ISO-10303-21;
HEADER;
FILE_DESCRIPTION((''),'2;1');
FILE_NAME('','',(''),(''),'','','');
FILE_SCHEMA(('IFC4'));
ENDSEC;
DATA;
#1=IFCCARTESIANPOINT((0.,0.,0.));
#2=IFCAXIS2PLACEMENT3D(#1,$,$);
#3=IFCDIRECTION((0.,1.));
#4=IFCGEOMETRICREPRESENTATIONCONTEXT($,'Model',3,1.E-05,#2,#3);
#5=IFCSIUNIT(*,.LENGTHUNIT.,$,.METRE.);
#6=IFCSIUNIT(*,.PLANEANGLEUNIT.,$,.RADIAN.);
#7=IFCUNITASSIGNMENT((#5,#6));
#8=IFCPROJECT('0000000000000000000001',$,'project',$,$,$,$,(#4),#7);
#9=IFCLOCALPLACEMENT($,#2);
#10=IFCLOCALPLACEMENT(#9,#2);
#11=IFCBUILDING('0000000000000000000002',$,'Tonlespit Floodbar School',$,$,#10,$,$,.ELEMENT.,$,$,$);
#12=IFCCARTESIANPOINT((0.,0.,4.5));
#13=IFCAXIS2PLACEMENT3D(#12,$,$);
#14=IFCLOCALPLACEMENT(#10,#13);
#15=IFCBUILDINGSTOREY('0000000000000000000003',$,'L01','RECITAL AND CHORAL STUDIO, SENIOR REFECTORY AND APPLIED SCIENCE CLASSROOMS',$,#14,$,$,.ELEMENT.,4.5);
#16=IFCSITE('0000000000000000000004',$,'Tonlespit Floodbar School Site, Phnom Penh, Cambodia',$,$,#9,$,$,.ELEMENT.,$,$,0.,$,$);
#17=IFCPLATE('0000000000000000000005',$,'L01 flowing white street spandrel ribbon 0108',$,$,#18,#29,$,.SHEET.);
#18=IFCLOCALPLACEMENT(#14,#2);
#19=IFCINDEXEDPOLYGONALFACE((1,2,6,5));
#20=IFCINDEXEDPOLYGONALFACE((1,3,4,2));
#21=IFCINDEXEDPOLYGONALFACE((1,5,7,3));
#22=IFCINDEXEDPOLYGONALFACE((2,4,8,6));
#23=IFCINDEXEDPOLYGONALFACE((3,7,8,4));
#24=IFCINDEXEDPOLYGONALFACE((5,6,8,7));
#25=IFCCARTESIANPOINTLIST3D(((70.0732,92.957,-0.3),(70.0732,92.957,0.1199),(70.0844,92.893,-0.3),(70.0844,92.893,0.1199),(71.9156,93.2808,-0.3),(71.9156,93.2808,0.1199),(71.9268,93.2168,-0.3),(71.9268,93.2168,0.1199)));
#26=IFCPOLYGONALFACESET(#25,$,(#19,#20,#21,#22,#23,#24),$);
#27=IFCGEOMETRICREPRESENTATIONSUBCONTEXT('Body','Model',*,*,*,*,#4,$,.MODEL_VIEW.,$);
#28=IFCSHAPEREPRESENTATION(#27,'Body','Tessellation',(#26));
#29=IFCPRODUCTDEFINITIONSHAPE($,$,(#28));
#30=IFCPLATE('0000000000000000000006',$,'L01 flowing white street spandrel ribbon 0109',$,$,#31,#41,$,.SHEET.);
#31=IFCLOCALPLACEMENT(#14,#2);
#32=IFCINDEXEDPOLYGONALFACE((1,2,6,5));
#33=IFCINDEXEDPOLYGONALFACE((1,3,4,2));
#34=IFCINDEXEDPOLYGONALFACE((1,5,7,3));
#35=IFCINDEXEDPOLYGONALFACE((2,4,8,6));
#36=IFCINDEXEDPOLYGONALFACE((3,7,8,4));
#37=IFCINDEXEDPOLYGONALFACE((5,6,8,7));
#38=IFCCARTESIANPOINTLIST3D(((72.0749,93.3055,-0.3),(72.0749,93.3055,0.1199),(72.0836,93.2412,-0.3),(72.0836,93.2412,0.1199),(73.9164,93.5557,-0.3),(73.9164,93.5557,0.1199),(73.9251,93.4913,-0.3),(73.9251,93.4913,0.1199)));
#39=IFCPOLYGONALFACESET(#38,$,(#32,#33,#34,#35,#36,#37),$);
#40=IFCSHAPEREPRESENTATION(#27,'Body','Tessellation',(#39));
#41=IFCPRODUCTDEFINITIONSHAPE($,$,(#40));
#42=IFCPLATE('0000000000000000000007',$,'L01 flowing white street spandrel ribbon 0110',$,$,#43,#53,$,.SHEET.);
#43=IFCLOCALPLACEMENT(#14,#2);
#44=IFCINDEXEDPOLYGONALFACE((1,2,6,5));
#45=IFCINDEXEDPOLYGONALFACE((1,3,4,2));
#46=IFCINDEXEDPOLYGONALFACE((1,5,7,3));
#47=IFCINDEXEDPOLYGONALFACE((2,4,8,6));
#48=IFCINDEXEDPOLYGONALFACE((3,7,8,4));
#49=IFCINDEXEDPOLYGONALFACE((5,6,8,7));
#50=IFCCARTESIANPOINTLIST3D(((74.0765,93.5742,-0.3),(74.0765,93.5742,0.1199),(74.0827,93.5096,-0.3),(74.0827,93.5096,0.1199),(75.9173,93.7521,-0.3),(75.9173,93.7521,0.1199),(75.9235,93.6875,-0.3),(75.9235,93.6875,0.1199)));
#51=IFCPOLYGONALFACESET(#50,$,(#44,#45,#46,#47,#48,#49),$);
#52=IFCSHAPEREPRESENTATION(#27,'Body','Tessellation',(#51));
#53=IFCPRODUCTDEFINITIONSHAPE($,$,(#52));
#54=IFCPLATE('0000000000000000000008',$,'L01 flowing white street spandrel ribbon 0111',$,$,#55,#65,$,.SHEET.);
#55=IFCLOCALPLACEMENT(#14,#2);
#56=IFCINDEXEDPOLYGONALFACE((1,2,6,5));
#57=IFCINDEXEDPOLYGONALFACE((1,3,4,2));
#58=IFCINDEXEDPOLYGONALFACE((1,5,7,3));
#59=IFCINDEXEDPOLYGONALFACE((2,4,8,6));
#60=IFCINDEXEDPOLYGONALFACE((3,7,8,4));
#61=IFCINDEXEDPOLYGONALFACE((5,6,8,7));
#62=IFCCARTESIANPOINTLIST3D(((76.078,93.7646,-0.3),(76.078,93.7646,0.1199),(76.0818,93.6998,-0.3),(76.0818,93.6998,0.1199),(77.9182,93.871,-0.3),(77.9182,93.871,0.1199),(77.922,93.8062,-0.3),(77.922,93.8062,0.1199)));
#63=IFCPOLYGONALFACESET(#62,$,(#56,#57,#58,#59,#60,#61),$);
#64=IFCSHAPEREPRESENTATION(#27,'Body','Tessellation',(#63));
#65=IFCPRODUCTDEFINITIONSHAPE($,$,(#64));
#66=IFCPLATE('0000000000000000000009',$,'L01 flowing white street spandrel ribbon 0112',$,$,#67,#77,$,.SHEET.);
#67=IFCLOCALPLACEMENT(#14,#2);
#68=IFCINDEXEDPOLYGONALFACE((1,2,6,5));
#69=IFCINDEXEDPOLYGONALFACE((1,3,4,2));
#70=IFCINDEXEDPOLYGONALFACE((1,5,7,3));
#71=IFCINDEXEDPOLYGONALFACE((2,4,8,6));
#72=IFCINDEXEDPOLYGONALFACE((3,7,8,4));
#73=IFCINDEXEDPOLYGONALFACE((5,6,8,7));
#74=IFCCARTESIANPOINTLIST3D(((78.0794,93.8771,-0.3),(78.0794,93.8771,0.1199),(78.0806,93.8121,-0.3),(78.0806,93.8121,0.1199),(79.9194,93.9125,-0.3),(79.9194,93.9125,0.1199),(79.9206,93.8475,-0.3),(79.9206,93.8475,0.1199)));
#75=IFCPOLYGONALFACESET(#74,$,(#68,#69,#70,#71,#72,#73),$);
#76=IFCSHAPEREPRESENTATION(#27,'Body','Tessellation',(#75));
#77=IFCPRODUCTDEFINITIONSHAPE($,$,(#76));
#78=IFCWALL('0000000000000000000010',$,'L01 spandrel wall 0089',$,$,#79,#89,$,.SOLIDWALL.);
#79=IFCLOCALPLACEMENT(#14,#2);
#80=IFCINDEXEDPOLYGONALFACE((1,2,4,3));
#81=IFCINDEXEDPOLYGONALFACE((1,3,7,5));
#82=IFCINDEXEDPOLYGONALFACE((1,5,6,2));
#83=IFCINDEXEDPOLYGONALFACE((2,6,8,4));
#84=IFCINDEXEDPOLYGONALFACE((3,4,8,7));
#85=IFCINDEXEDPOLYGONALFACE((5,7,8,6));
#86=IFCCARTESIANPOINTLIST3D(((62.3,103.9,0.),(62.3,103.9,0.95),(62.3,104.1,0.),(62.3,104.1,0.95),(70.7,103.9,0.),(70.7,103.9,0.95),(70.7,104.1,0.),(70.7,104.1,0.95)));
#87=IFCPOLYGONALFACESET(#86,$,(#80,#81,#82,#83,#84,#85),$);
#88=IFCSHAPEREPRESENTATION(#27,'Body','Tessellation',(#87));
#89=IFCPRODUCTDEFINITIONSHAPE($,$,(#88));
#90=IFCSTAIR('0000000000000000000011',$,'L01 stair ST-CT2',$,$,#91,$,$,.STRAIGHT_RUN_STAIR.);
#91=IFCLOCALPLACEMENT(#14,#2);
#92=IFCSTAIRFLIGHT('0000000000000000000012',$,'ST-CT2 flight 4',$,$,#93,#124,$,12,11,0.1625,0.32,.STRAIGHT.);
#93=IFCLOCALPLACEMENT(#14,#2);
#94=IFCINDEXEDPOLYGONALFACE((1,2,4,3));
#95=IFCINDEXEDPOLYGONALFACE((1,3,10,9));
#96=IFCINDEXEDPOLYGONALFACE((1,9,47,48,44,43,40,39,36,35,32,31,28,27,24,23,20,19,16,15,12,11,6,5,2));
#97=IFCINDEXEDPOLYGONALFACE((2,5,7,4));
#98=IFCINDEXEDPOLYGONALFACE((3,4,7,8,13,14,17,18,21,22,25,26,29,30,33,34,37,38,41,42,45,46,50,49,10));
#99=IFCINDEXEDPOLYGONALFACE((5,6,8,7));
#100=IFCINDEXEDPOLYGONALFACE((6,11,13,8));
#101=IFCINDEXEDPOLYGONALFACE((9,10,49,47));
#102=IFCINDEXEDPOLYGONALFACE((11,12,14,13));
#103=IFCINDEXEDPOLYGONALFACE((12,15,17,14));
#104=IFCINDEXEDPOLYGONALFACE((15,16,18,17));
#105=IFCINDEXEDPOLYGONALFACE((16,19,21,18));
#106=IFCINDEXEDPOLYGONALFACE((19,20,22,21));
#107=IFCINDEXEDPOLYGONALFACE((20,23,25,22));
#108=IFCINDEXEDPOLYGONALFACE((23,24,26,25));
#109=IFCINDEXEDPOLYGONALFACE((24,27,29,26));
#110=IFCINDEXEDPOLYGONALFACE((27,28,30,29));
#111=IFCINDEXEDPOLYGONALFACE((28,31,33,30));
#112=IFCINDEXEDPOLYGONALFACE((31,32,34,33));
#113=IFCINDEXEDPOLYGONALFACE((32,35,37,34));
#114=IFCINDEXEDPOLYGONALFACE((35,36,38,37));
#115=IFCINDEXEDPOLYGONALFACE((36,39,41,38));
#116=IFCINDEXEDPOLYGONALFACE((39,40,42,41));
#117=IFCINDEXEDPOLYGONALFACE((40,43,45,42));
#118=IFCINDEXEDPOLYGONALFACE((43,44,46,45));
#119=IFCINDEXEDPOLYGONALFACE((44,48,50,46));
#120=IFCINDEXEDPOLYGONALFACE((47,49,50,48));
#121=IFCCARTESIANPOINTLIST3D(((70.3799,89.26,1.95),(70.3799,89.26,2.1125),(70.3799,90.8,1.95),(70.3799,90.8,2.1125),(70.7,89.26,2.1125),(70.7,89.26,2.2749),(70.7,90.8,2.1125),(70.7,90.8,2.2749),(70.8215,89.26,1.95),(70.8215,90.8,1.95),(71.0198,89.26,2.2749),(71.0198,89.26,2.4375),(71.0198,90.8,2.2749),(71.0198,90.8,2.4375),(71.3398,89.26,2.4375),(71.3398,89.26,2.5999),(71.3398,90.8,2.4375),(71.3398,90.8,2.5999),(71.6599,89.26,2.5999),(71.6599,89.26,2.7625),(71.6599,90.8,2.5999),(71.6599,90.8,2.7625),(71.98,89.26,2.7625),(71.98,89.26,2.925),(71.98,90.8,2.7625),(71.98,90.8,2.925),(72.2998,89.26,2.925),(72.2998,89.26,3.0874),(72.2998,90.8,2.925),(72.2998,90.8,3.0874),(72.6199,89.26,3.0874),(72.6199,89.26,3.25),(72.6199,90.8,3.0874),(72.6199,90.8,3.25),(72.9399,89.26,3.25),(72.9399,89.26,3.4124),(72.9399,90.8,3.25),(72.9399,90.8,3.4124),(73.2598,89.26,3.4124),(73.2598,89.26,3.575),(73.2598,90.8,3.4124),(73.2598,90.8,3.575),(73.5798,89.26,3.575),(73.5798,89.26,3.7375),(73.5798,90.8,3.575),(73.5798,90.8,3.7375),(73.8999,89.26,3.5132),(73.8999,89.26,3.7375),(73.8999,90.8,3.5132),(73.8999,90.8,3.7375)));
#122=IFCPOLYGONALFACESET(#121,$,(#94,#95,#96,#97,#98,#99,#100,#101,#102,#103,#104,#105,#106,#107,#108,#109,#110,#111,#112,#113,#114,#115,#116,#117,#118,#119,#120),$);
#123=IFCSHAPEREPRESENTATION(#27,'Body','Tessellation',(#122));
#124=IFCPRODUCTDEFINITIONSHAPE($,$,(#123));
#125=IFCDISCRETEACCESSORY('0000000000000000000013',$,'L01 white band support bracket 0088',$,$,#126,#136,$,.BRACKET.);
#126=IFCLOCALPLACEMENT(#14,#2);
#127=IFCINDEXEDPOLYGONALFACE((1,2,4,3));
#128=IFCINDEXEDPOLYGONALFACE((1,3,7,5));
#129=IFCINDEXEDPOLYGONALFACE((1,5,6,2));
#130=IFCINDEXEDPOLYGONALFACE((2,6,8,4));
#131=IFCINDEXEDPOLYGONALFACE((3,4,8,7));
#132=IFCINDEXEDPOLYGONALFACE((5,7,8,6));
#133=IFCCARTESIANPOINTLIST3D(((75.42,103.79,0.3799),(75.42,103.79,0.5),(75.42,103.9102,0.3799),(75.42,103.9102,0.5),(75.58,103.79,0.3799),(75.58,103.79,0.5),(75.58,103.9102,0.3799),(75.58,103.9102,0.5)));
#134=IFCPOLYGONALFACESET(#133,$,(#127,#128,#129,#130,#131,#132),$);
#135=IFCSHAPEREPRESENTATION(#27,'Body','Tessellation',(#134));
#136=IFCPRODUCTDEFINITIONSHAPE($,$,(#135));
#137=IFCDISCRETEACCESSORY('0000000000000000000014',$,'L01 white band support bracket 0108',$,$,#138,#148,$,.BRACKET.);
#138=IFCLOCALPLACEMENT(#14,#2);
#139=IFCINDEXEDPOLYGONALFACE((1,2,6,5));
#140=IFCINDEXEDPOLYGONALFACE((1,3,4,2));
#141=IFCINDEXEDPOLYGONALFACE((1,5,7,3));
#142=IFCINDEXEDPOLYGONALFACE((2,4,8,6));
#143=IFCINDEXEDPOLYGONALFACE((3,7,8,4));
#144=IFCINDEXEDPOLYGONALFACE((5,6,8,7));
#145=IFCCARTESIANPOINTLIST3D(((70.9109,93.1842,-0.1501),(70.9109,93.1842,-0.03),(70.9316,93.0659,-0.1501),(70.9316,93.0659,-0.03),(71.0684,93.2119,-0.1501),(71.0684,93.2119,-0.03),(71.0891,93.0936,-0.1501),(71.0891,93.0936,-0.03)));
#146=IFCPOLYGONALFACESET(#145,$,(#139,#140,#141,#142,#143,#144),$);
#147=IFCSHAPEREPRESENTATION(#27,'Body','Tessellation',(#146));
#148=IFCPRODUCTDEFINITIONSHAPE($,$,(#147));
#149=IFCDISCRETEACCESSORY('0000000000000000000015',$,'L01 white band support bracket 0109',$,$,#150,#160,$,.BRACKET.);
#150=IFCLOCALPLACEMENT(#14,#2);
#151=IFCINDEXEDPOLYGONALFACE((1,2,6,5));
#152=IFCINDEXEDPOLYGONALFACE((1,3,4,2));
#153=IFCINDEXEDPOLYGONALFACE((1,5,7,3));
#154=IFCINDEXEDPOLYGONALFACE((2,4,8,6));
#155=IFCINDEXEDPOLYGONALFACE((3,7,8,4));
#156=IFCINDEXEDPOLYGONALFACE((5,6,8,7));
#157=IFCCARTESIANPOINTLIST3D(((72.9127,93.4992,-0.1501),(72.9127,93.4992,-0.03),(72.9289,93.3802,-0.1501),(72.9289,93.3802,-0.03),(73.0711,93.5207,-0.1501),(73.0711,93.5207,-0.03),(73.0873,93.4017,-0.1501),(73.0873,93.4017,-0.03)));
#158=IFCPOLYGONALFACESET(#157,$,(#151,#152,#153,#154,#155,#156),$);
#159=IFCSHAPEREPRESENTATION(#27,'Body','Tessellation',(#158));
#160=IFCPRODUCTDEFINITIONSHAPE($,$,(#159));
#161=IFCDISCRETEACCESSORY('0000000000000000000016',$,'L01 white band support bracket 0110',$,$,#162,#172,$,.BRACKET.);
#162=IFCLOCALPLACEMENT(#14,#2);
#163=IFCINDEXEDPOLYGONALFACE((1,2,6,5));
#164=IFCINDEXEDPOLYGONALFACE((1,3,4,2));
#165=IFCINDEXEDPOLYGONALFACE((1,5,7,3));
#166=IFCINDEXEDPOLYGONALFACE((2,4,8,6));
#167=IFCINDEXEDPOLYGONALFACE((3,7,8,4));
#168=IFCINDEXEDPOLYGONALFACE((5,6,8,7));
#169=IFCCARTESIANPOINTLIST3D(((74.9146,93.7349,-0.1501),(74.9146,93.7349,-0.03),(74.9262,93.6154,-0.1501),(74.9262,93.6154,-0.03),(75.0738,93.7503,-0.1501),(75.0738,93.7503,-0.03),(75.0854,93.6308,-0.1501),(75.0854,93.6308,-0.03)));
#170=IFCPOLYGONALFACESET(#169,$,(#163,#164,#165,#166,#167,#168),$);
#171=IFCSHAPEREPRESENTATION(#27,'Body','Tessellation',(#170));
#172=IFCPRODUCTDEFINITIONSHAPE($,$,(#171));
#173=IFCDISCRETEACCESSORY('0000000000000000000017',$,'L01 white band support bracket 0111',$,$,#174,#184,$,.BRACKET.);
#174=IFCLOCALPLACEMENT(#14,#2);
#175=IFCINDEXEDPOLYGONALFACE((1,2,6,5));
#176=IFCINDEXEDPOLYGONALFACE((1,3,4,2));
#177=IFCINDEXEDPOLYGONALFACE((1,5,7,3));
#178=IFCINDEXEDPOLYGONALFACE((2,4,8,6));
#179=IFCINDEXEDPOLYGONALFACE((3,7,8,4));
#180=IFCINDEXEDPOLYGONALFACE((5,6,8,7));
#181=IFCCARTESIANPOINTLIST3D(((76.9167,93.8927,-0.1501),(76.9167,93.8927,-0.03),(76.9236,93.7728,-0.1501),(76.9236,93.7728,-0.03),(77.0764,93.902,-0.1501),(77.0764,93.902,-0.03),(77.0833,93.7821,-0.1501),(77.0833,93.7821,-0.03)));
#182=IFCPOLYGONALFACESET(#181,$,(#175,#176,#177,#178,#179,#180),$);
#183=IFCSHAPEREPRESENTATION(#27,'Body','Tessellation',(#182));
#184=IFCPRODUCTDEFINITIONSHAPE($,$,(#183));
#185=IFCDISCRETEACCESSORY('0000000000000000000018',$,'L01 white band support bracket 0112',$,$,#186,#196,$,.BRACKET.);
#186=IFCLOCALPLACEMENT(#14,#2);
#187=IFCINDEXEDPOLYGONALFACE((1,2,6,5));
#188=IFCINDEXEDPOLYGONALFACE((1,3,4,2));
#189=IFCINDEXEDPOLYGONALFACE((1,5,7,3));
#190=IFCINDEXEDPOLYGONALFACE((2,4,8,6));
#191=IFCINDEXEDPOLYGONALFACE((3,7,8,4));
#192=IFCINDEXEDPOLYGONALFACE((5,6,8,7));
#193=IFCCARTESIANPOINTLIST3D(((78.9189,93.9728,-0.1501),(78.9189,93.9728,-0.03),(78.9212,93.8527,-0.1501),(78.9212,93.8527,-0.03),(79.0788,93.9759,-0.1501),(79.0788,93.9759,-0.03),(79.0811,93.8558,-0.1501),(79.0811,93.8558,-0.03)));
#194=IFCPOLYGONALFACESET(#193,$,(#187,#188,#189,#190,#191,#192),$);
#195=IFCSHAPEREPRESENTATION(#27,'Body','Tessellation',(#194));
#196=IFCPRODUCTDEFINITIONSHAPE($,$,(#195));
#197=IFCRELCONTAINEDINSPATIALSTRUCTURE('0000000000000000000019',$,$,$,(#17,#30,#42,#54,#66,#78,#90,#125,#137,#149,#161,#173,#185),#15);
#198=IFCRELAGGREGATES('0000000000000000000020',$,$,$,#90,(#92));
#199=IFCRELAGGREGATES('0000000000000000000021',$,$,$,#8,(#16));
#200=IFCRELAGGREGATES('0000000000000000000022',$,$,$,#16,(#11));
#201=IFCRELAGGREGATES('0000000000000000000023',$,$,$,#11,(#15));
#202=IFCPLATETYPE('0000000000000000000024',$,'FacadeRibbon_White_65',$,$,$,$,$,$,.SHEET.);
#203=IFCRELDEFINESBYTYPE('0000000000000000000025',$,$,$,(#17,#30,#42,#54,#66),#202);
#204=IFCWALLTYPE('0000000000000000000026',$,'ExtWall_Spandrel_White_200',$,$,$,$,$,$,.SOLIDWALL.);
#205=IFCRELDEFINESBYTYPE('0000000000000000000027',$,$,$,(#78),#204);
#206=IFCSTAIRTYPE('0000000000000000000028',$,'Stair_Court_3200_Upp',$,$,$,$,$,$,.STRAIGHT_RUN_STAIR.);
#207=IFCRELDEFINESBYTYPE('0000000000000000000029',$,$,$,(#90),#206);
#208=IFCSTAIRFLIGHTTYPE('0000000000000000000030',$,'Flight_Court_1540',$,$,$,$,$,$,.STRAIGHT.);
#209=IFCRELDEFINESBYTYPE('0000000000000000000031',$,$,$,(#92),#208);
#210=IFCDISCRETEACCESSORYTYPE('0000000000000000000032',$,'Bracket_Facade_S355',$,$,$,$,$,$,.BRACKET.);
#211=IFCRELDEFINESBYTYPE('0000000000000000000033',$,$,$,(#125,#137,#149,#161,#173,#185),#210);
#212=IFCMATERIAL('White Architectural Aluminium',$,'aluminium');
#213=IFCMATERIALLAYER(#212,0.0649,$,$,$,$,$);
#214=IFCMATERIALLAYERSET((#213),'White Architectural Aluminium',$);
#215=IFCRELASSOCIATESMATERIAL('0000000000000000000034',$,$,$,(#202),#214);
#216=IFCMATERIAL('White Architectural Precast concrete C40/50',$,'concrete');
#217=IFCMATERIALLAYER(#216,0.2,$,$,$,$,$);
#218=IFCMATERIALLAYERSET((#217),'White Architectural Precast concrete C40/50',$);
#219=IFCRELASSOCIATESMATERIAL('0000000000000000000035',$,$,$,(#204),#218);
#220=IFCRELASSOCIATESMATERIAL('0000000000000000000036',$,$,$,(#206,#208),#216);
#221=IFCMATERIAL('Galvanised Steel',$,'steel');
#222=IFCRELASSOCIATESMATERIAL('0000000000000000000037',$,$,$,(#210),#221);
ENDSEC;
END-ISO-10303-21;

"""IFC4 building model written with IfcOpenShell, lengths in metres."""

from ifc_helpers import new_model, si_unit, direction, frame, frame_2d, origin, origin_2d, place, context, subcontext, project, spatial, polyline, rectangle, outline, extrude, material, layer, layer_set, type_object, element, aggregate, save


model = new_model("IFC4")

# Units and contexts
model_context = context("Model", 3, precision=1e-05, world=origin(), true_north=direction((0.0, 1.0)))
body_context = subcontext(model_context, "Body", "Model", "MODEL_VIEW")
ifc_project = project(units=[si_unit("LENGTHUNIT", "METRE"), si_unit("PLANEANGLEUNIT", "RADIAN")], contexts=[model_context])

# Site, building, storey
site_placement = place(None, origin())
site = spatial("IfcSite", under=ifc_project, at=site_placement, Name="Tonlespit Floodbar School Site, Phnom Penh, Cambodia", CompositionType="ELEMENT", RefElevation=0.0)
building_placement = place(site_placement, origin())
building = spatial("IfcBuilding", under=site, at=building_placement, Name="Tonlespit Floodbar School", CompositionType="ELEMENT")
storey_placement = place(building_placement, frame((0.0, 0.0, 4.5)))
storey = spatial("IfcBuildingStorey", under=building, at=storey_placement, Name="L01", Description="RECITAL AND CHORAL STUDIO, SENIOR REFECTORY AND APPLIED SCIENCE CLASSROOMS", CompositionType="ELEMENT", Elevation=4.5)

# Plates
ifc_material_1 = material(Name="White Architectural Aluminium", Category="aluminium")
ifc_layer_1 = layer(ifc_material_1, 0.0649)
ifc_layer_set_1 = layer_set([ifc_layer_1], Name="White Architectural Aluminium")
plate_type = type_object("IfcPlateType", Name="FacadeRibbon_White_65", PredefinedType="SHEET", material=ifc_layer_set_1)
plate_1_placement = place(storey_placement, frame((71.0, 93.0869, -0.3), z_axis=(0.0, 0.0, 1.0), x_axis=(0.984905, 0.173096, 0.0)))
element("IfcPlate", 1, at=plate_1_placement, inside=storey, type_object=plate_type, Name="L01 flowing white street spandrel ribbon 0108", PredefinedType="SHEET", context=body_context, shape_type="SweptSolid", body=[
    extrude(rectangle(XDim=1.8706, YDim=0.0649, at=origin_2d()), origin(), (0.0, 0.0, 1.0), 0.4199),
])
plate_2_placement = place(storey_placement, frame((73.0, 93.3984, -0.3), z_axis=(0.0, 0.0, 1.0), x_axis=(0.990898, 0.134614, 0.0)))
element("IfcPlate", 2, at=plate_2_placement, inside=storey, type_object=plate_type, Name="L01 flowing white street spandrel ribbon 0109", PredefinedType="SHEET", context=body_context, shape_type="SweptSolid", body=[
    extrude(rectangle(XDim=1.8584, YDim=0.0649, at=origin_2d()), origin(), (0.0, 0.0, 1.0), 0.4199),
])
plate_3_placement = place(storey_placement, frame((75.0, 93.6309, -0.3), z_axis=(0.0, 0.0, 1.0), x_axis=(0.995362, 0.096202, 0.0)))
element("IfcPlate", 3, at=plate_3_placement, inside=storey, type_object=plate_type, Name="L01 flowing white street spandrel ribbon 0110", PredefinedType="SHEET", context=body_context, shape_type="SweptSolid", body=[
    extrude(rectangle(XDim=1.8494, YDim=0.0649, at=origin_2d()), origin(), (0.0, 0.0, 1.0), 0.4199),
])
plate_4_placement = place(storey_placement, frame((77.0, 93.7854, -0.3), z_axis=(0.0, 0.0, 1.0), x_axis=(0.998334, 0.057703, 0.0)))
element("IfcPlate", 4, at=plate_4_placement, inside=storey, type_object=plate_type, Name="L01 flowing white street spandrel ribbon 0111", PredefinedType="SHEET", context=body_context, shape_type="SweptSolid", body=[
    extrude(rectangle(XDim=1.8433, YDim=0.0649, at=origin_2d()), origin(), (0.0, 0.0, 1.0), 0.4199),
])
plate_5_placement = place(storey_placement, frame((79.0, 93.8623, -0.3), z_axis=(0.0, 0.0, 1.0), x_axis=(0.999815, 0.019246, 0.0)))
element("IfcPlate", 5, at=plate_5_placement, inside=storey, type_object=plate_type, Name="L01 flowing white street spandrel ribbon 0112", PredefinedType="SHEET", context=body_context, shape_type="SweptSolid", body=[
    extrude(rectangle(XDim=1.8403, YDim=0.0649, at=origin_2d()), origin(), (0.0, 0.0, 1.0), 0.4199),
])

# Wall
ifc_material_2 = material(Name="White Architectural Precast concrete C40/50", Category="concrete")
ifc_layer_2 = layer(ifc_material_2, 0.2)
ifc_layer_set_2 = layer_set([ifc_layer_2], Name="White Architectural Precast concrete C40/50")
wall_type = type_object("IfcWallType", Name="ExtWall_Spandrel_White_200", PredefinedType="SOLIDWALL", material=ifc_layer_set_2)
wall_placement = place(storey_placement, frame((70.7, 104.0, 0.0), z_axis=(0.0, 0.0, 1.0), x_axis=(-1.0, 0.0, 0.0)))
element("IfcWall", 6, at=wall_placement, inside=storey, type_object=wall_type, Name="L01 spandrel wall 0089", PredefinedType="SOLIDWALL", context=body_context, shape_type="SweptSolid", body=[
    extrude(rectangle(XDim=8.3999, YDim=0.2, at=frame_2d((4.2, 0.0))), origin(), (0.0, 0.0, 1.0), 0.95),
])

# Stair, stair flight
stair_type = type_object("IfcStairType", Name="Stair_Court_3200_Upp", PredefinedType="STRAIGHT_RUN_STAIR", material=ifc_material_2)
stair_placement = place(storey_placement, origin())
stair = element("IfcStair", 7, at=stair_placement, inside=storey, type_object=stair_type, Name="L01 stair ST-CT2", PredefinedType="STRAIGHT_RUN_STAIR")
stair_flight_type = type_object("IfcStairFlightType", Name="Flight_Court_1540", PredefinedType="STRAIGHT", material=ifc_material_2)
stair_flight_placement = place(storey_placement, frame((70.3799, 90.03, 1.95), z_axis=(0.0, 0.0, 1.0), x_axis=(1.0, 0.0, 0.0)))
stair_flight = element("IfcStairFlight", 8, at=stair_flight_placement, type_object=stair_flight_type, Name="ST-CT2 flight 4", NumberOfRisers=12, NumberOfTreads=11, PredefinedType="STRAIGHT", RiserHeight=0.1625, TreadLength=0.32, context=body_context, shape_type="SweptSolid", body=[
    extrude(outline(polyline([(0.0, 0.0), (0.0, 0.1626), (0.3201, 0.1626), (0.3201, 0.325), (0.6399, 0.325), (0.6399, 0.4875), (0.96, 0.4875), (0.96, 0.6499), (1.28, 0.6499), (1.28, 0.8125), (1.6001, 0.8125), (1.6001, 0.9751), (1.9199, 0.9751), (1.9199, 1.1375), (2.24, 1.1375), (2.24, 1.3), (2.5601, 1.3), (2.5601, 1.4624), (2.8799, 1.4624), (2.8799, 1.625), (3.2, 1.625), (3.2, 1.7876), (3.52, 1.7876), (3.52, 1.95), (3.52, 1.5632), (0.4417, 0.0), (0.0, 0.0)])), frame((0.0, 0.77, 0.0), z_axis=(0.0, -1.0, 0.0), x_axis=(1.0, 0.0, 0.0)), (0.0, 0.0, 1.0), 1.54),
])
aggregate(stair, [stair_flight])

# Discrete accessories
ifc_material_3 = material(Name="Galvanised Steel", Category="steel")
discrete_accessory_type = type_object("IfcDiscreteAccessoryType", Name="Bracket_Facade_S355", PredefinedType="BRACKET", material=ifc_material_3)
for number, where, z_axis, x_axis, name in (
    (9, (75.5, 103.8501, 0.3799), (0.0, 0.0, 1.0), (-1.0, 0.0, 0.0), "L01 white band support bracket 0088"),
    (10, (71.0, 93.1389, -0.1501), (0.0, 0.0, 1.0), (0.984905, 0.173096, 0.0), "L01 white band support bracket 0108"),
    (11, (73.0, 93.4504, -0.1501), (0.0, 0.0, 1.0), (0.990898, 0.134614, 0.0), "L01 white band support bracket 0109"),
    (12, (75.0, 93.6829, -0.1501), (0.0, 0.0, 1.0), (0.995362, 0.096202, 0.0), "L01 white band support bracket 0110"),
    (13, (77.0, 93.8374, -0.1501), (0.0, 0.0, 1.0), (0.998334, 0.057703, 0.0), "L01 white band support bracket 0111"),
    (14, (79.0, 93.9143, -0.1501), (0.0, 0.0, 1.0), (0.999815, 0.019246, 0.0), "L01 white band support bracket 0112"),
):
    element("IfcDiscreteAccessory", number, at=place(storey_placement, frame(where, z_axis=z_axis, x_axis=x_axis)), inside=storey, type_object=discrete_accessory_type, Name=name, PredefinedType="BRACKET", context=body_context, shape_type="SweptSolid", body=[
        extrude(rectangle(XDim=0.1599, YDim=0.1201, at=origin_2d()), origin(), (0.0, 0.0, 1.0), 0.1201),
    ])

save(model, "model.ifc")
